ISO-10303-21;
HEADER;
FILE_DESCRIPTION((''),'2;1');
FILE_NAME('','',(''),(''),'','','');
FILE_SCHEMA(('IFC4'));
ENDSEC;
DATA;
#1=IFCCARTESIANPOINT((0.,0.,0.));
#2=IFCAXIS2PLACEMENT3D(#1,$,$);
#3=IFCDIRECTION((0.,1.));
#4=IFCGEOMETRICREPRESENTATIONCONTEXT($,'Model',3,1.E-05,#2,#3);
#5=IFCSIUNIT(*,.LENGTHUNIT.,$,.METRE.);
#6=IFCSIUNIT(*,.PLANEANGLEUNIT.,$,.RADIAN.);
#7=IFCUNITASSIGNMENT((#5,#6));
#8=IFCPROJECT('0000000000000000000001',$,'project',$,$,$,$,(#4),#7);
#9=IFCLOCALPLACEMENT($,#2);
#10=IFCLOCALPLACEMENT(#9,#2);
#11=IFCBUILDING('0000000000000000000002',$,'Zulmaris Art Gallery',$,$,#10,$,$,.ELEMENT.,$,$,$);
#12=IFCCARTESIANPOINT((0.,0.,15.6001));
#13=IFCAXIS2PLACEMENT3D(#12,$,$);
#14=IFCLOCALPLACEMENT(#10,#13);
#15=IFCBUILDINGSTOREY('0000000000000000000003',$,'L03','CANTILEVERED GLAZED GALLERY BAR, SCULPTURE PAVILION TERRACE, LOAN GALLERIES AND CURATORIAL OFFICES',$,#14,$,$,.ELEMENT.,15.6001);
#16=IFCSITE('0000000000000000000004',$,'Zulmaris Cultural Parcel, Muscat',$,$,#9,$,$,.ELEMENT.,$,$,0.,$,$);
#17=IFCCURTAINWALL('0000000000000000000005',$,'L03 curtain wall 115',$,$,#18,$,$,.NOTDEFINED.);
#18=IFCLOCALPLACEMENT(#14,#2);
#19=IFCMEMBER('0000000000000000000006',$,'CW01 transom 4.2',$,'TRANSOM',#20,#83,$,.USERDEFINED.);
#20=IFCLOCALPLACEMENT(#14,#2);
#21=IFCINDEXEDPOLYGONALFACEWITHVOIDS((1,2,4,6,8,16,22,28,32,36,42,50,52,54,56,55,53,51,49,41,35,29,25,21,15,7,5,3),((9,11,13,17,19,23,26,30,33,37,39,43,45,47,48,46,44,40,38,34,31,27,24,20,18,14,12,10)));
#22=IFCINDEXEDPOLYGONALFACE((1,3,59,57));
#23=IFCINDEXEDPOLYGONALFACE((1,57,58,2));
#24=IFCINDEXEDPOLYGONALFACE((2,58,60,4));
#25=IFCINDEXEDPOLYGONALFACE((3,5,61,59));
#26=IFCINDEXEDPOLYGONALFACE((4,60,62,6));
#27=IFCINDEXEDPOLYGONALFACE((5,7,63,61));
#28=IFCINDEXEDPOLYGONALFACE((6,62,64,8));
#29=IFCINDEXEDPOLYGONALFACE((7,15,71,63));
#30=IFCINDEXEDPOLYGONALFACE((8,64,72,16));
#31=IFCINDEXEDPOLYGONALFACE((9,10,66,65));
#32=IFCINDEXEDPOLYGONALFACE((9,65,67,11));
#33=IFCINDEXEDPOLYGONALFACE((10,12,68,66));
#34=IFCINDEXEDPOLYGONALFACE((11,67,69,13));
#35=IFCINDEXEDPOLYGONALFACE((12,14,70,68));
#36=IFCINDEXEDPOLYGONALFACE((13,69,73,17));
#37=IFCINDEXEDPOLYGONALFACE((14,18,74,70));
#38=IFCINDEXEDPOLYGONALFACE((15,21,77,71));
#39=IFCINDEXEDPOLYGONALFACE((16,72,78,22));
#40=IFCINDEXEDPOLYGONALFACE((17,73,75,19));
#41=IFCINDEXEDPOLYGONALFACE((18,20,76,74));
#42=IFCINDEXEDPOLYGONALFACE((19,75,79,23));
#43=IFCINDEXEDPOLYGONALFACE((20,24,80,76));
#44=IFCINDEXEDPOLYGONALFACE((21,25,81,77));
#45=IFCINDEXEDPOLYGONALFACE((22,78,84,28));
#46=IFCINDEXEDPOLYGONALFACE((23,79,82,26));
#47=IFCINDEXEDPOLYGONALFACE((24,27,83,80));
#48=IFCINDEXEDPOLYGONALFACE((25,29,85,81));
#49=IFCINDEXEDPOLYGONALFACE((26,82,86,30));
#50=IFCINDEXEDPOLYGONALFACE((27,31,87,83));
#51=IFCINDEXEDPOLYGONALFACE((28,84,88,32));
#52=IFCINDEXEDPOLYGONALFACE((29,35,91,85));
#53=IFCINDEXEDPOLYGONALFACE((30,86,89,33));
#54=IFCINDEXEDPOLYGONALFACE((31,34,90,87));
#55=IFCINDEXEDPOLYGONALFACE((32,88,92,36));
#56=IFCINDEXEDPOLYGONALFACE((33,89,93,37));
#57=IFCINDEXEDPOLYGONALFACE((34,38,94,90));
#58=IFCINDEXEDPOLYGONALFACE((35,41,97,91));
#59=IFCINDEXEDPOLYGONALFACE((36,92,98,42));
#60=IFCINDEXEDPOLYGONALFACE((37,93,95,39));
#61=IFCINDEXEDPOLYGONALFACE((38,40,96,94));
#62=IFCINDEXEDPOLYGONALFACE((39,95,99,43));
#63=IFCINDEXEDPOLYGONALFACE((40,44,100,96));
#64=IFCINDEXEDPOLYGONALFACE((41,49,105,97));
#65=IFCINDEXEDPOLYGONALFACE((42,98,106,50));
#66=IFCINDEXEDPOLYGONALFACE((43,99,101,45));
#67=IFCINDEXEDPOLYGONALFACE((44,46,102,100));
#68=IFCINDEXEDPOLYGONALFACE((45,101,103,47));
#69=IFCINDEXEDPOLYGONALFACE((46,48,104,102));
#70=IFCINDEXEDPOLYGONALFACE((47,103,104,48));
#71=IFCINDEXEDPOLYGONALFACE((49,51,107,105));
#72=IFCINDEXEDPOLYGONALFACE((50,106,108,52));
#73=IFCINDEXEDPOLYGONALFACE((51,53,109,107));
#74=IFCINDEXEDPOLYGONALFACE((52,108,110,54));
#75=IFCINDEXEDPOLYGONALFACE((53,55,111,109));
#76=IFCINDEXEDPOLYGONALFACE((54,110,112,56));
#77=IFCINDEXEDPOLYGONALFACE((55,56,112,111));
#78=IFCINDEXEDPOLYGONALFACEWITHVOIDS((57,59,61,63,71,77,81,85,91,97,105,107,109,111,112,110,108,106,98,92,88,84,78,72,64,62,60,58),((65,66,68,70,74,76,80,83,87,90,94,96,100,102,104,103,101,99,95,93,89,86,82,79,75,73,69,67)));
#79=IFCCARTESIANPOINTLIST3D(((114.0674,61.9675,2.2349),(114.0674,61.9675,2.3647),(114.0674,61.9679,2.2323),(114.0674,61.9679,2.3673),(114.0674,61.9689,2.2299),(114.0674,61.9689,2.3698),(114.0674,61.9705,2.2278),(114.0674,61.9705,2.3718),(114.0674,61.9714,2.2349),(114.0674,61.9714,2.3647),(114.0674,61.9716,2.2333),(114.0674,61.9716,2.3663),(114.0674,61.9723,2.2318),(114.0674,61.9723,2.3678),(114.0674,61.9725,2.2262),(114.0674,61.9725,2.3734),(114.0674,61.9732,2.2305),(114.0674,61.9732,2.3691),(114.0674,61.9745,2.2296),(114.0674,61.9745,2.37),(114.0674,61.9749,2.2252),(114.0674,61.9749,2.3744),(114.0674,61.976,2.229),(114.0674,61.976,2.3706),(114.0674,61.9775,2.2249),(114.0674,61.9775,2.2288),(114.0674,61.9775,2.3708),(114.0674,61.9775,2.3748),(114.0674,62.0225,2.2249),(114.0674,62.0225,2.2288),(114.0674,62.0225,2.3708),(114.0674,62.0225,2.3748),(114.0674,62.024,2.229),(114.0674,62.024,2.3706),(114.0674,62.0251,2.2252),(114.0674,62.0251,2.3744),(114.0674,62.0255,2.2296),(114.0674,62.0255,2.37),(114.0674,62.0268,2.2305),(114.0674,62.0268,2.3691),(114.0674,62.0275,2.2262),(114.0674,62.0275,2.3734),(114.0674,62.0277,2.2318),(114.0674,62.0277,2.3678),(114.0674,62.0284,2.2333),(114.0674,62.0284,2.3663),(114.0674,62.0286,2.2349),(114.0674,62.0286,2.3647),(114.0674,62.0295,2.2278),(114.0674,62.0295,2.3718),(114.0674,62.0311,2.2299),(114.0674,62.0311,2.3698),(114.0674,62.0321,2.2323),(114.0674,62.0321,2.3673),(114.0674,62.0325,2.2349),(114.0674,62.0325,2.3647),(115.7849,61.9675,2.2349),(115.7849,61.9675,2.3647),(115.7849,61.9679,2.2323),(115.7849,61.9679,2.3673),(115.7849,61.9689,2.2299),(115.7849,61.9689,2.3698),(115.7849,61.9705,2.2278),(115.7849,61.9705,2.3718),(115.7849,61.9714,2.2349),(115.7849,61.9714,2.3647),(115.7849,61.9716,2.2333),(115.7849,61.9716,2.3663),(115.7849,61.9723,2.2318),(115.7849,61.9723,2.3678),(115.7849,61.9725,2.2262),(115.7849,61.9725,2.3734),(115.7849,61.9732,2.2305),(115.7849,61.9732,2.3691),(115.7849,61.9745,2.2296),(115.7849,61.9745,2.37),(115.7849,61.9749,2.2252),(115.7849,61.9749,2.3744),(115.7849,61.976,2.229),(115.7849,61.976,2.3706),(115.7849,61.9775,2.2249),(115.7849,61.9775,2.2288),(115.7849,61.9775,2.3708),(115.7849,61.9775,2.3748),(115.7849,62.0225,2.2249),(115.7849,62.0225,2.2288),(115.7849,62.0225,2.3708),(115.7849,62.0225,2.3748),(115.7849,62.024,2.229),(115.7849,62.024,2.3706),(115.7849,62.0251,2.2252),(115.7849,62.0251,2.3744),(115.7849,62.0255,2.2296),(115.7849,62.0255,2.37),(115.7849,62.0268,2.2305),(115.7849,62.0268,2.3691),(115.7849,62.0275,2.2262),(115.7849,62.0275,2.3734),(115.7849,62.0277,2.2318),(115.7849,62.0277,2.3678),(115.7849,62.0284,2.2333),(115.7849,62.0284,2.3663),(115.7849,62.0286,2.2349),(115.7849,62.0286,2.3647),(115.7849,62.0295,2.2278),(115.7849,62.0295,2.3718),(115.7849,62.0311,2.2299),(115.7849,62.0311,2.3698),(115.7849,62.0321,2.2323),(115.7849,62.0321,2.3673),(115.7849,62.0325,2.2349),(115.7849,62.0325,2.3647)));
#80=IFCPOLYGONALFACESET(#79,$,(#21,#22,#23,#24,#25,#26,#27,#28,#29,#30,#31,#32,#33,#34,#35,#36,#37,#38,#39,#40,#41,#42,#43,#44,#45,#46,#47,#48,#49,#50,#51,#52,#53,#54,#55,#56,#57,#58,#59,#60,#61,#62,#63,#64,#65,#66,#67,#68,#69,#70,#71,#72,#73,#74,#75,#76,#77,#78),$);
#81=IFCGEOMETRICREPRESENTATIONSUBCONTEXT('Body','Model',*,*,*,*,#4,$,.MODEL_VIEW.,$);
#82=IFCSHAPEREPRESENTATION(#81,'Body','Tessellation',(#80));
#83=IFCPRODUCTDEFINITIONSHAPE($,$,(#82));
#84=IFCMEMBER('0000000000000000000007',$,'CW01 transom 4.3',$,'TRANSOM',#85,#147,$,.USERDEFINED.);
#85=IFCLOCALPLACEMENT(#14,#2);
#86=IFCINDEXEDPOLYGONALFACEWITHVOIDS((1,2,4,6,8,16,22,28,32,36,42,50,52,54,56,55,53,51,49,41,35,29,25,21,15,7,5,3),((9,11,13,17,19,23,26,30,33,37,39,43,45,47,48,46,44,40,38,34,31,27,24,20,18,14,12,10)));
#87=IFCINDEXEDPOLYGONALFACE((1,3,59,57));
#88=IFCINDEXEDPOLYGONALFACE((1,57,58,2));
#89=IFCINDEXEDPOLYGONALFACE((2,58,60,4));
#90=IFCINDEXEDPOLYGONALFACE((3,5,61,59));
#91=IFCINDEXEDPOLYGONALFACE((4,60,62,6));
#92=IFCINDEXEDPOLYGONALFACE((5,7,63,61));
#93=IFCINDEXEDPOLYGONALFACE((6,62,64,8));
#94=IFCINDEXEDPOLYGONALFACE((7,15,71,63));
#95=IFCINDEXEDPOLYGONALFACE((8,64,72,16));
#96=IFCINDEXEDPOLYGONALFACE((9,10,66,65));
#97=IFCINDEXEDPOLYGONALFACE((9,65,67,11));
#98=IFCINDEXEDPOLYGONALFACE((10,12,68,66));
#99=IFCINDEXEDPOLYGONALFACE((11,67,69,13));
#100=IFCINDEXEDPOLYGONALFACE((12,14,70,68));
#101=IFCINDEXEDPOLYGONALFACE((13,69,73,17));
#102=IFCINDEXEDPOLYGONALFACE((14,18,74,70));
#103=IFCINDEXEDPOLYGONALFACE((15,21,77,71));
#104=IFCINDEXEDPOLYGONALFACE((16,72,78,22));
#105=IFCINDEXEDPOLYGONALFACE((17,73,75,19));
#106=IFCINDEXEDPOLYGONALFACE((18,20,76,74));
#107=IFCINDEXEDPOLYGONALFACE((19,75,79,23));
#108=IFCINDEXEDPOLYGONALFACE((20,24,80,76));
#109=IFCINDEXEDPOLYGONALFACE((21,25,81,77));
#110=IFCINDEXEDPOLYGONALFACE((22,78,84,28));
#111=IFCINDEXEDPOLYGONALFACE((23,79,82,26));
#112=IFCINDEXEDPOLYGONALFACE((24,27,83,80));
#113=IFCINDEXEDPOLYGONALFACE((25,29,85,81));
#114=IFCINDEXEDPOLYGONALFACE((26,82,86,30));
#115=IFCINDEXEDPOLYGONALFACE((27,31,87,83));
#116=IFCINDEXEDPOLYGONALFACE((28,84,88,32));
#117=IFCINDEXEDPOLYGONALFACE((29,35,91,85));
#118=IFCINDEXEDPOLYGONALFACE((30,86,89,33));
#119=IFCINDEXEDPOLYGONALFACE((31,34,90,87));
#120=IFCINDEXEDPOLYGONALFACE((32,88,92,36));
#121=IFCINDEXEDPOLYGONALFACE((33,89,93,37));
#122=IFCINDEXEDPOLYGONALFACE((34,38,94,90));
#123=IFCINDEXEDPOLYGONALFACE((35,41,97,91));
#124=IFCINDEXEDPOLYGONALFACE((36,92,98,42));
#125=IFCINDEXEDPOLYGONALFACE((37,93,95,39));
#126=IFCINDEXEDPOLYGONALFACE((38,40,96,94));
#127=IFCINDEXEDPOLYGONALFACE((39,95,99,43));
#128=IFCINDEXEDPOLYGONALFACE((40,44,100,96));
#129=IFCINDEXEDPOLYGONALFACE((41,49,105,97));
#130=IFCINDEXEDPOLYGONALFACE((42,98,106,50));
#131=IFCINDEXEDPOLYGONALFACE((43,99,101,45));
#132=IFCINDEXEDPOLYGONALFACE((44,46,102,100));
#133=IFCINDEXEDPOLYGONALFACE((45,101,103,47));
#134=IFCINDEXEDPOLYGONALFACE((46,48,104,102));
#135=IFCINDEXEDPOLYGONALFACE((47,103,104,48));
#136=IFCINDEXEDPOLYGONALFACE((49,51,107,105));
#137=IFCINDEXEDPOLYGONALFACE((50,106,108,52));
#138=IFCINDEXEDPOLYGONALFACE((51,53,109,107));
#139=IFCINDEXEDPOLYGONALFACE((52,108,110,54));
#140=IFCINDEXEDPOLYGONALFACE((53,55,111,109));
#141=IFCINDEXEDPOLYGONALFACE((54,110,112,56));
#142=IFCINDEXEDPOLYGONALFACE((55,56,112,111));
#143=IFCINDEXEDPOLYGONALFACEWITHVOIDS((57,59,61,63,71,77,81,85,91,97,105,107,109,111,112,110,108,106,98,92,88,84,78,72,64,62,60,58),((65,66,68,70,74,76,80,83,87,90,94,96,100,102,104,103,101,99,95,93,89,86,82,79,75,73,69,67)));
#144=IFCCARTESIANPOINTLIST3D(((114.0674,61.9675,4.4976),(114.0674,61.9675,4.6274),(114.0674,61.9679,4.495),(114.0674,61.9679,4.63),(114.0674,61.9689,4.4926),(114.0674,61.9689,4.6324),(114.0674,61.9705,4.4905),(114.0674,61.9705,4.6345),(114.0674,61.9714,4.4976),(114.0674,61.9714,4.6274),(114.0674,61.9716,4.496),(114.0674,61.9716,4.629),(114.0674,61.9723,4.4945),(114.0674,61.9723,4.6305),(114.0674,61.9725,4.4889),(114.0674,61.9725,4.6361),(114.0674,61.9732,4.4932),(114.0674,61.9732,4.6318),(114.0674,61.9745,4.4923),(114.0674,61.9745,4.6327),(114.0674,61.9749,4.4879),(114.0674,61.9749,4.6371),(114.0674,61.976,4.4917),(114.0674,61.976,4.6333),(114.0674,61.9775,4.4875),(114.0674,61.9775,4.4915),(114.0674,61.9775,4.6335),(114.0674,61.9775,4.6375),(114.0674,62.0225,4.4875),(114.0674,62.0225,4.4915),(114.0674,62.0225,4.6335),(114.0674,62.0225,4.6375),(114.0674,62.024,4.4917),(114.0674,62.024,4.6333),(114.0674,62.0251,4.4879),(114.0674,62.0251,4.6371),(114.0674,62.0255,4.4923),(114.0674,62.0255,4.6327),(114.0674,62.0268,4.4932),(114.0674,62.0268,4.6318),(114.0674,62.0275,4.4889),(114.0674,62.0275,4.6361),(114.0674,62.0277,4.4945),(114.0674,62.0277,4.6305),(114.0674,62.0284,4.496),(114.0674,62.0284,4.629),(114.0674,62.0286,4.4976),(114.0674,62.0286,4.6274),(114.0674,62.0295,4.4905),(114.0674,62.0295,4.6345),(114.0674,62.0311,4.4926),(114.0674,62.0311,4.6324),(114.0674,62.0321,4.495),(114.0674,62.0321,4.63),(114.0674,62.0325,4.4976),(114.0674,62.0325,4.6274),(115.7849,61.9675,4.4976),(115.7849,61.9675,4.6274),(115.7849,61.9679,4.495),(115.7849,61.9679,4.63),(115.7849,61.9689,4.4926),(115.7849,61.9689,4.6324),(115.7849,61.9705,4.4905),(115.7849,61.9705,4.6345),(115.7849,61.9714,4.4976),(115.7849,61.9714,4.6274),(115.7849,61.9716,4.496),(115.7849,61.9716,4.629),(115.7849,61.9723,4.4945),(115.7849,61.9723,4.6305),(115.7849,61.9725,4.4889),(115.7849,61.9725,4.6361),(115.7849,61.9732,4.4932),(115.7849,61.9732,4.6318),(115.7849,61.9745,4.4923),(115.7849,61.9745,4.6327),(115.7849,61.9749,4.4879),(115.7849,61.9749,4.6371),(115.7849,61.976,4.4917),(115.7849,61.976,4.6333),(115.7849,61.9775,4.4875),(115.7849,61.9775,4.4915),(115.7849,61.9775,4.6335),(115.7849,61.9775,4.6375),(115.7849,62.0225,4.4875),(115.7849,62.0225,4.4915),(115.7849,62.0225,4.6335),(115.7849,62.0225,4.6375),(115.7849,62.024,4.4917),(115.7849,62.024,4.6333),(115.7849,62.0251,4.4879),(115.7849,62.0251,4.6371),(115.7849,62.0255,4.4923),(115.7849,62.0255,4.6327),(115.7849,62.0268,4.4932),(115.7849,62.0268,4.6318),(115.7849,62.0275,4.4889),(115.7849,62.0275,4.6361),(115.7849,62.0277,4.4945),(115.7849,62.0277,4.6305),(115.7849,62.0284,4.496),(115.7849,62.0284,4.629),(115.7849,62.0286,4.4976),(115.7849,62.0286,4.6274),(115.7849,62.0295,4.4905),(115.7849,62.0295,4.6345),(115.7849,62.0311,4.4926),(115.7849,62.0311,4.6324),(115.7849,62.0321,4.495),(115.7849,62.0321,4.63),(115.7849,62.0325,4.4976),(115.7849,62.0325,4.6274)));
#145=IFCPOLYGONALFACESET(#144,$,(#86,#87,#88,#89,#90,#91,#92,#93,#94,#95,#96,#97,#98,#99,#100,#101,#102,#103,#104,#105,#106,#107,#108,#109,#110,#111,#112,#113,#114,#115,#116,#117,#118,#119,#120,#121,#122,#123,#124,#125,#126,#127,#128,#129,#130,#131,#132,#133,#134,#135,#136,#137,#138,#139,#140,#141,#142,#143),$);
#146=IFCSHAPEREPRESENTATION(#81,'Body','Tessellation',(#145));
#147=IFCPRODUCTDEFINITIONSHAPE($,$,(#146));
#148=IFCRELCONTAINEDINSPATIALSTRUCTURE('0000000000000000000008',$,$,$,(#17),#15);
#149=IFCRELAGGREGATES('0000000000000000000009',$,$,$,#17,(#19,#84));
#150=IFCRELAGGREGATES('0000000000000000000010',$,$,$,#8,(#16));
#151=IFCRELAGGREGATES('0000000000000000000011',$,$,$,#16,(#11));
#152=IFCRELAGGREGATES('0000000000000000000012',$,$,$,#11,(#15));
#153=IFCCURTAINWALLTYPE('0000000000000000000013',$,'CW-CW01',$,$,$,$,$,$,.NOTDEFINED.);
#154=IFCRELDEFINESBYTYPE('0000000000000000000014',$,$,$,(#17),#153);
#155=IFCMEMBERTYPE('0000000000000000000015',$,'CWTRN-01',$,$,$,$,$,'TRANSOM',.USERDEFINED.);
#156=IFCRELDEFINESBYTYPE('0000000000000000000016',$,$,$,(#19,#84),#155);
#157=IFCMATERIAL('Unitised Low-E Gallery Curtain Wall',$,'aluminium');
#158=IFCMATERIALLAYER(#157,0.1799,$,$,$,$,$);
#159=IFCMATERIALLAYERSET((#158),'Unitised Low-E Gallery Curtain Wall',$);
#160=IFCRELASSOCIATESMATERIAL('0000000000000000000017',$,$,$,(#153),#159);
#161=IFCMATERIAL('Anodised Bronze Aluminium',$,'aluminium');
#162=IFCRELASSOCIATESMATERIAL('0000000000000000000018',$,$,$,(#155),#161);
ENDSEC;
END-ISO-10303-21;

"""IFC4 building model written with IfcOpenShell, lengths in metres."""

from ifc_helpers import new_model, si_unit, direction, frame, origin, origin_2d, place, context, subcontext, project, spatial, hollow_rectangle, extrude, material, layer, layer_set, material_profile, profile_set, type_object, element, aggregate, save


model = new_model("IFC4")

# Units and contexts
model_context = context("Model", 3, precision=1e-05, world=origin(), true_north=direction((0.0, 1.0)))
body_context = subcontext(model_context, "Body", "Model", "MODEL_VIEW")
ifc_project = project(units=[si_unit("LENGTHUNIT", "METRE"), si_unit("PLANEANGLEUNIT", "RADIAN")], contexts=[model_context])

# Site, building, storey
site_placement = place(None, origin())
site = spatial("IfcSite", under=ifc_project, at=site_placement, Name="Zulmaris Cultural Parcel, Muscat", CompositionType="ELEMENT", RefElevation=0.0)
building_placement = place(site_placement, origin())
building = spatial("IfcBuilding", under=site, at=building_placement, Name="Zulmaris Art Gallery", CompositionType="ELEMENT")
storey_placement = place(building_placement, frame((0.0, 0.0, 15.6001)))
storey = spatial("IfcBuildingStorey", under=building, at=storey_placement, Name="L03", Description="CANTILEVERED GLAZED GALLERY BAR, SCULPTURE PAVILION TERRACE, LOAN GALLERIES AND CURATORIAL OFFICES", CompositionType="ELEMENT", Elevation=15.6001)

# Curtain wall
ifc_material_1 = material(Name="Unitised Low-E Gallery Curtain Wall", Category="aluminium")
ifc_layer_1 = layer(ifc_material_1, 0.1799)
ifc_layer_set_1 = layer_set([ifc_layer_1], Name="Unitised Low-E Gallery Curtain Wall")
curtain_wall_type = type_object("IfcCurtainWallType", Name="CW-CW01", PredefinedType="NOTDEFINED", material=ifc_layer_set_1)
curtain_wall_1_placement = place(storey_placement, origin())
curtain_wall_1 = element("IfcCurtainWall", 1, at=curtain_wall_1_placement, inside=storey, type_object=curtain_wall_type, Name="L03 curtain wall 115", PredefinedType="NOTDEFINED")
ifc_material_2 = material(Name="Anodised Bronze Aluminium", Category="aluminium")

# Members
ifc_material_profile_1 = material_profile(ifc_material_2, hollow_rectangle(XDim=0.0649, YDim=0.1499, WallThickness=0.0039, InnerFilletRadius=0.0061, OuterFilletRadius=0.01, at=origin_2d()), Name="ALU 65x150x4")
ifc_profile_set_1 = profile_set([ifc_material_profile_1], Name="Anodised Bronze Aluminium")
member_type_1 = type_object("IfcMemberType", Name="CWTRN-01", ElementType="TRANSOM", PredefinedType="USERDEFINED", material=ifc_profile_set_1)
member_1_placement = place(storey_placement, frame((114.0674, 62.0, 2.2998), z_axis=(1.0, 0.0, 0.0), x_axis=(0.0, 1.0, 0.0)))
member_1 = element("IfcMember", 2, at=member_1_placement, type_object=member_type_1, Name="CW01 transom 4.2", ObjectType="TRANSOM", PredefinedType="USERDEFINED", context=body_context, shape_type="SweptSolid", body=[
    extrude(hollow_rectangle(XDim=0.0649, YDim=0.1499, WallThickness=0.0039, InnerFilletRadius=0.0061, OuterFilletRadius=0.01, at=origin_2d()), origin(), (0.0, 0.0, 1.0), 1.7175),
])
member_2_placement = place(storey_placement, frame((114.0674, 62.0, 4.5625), z_axis=(1.0, 0.0, 0.0), x_axis=(0.0, 1.0, 0.0)))
member_2 = element("IfcMember", 3, at=member_2_placement, type_object=member_type_1, Name="CW01 transom 4.3", ObjectType="TRANSOM", PredefinedType="USERDEFINED", context=body_context, shape_type="SweptSolid", body=[
    extrude(hollow_rectangle(XDim=0.0649, YDim=0.1499, WallThickness=0.0039, InnerFilletRadius=0.0061, OuterFilletRadius=0.01, at=origin_2d()), origin(), (0.0, 0.0, 1.0), 1.7175),
])

aggregate(curtain_wall_1, [member_1, member_2])

save(model, "model.ifc")
